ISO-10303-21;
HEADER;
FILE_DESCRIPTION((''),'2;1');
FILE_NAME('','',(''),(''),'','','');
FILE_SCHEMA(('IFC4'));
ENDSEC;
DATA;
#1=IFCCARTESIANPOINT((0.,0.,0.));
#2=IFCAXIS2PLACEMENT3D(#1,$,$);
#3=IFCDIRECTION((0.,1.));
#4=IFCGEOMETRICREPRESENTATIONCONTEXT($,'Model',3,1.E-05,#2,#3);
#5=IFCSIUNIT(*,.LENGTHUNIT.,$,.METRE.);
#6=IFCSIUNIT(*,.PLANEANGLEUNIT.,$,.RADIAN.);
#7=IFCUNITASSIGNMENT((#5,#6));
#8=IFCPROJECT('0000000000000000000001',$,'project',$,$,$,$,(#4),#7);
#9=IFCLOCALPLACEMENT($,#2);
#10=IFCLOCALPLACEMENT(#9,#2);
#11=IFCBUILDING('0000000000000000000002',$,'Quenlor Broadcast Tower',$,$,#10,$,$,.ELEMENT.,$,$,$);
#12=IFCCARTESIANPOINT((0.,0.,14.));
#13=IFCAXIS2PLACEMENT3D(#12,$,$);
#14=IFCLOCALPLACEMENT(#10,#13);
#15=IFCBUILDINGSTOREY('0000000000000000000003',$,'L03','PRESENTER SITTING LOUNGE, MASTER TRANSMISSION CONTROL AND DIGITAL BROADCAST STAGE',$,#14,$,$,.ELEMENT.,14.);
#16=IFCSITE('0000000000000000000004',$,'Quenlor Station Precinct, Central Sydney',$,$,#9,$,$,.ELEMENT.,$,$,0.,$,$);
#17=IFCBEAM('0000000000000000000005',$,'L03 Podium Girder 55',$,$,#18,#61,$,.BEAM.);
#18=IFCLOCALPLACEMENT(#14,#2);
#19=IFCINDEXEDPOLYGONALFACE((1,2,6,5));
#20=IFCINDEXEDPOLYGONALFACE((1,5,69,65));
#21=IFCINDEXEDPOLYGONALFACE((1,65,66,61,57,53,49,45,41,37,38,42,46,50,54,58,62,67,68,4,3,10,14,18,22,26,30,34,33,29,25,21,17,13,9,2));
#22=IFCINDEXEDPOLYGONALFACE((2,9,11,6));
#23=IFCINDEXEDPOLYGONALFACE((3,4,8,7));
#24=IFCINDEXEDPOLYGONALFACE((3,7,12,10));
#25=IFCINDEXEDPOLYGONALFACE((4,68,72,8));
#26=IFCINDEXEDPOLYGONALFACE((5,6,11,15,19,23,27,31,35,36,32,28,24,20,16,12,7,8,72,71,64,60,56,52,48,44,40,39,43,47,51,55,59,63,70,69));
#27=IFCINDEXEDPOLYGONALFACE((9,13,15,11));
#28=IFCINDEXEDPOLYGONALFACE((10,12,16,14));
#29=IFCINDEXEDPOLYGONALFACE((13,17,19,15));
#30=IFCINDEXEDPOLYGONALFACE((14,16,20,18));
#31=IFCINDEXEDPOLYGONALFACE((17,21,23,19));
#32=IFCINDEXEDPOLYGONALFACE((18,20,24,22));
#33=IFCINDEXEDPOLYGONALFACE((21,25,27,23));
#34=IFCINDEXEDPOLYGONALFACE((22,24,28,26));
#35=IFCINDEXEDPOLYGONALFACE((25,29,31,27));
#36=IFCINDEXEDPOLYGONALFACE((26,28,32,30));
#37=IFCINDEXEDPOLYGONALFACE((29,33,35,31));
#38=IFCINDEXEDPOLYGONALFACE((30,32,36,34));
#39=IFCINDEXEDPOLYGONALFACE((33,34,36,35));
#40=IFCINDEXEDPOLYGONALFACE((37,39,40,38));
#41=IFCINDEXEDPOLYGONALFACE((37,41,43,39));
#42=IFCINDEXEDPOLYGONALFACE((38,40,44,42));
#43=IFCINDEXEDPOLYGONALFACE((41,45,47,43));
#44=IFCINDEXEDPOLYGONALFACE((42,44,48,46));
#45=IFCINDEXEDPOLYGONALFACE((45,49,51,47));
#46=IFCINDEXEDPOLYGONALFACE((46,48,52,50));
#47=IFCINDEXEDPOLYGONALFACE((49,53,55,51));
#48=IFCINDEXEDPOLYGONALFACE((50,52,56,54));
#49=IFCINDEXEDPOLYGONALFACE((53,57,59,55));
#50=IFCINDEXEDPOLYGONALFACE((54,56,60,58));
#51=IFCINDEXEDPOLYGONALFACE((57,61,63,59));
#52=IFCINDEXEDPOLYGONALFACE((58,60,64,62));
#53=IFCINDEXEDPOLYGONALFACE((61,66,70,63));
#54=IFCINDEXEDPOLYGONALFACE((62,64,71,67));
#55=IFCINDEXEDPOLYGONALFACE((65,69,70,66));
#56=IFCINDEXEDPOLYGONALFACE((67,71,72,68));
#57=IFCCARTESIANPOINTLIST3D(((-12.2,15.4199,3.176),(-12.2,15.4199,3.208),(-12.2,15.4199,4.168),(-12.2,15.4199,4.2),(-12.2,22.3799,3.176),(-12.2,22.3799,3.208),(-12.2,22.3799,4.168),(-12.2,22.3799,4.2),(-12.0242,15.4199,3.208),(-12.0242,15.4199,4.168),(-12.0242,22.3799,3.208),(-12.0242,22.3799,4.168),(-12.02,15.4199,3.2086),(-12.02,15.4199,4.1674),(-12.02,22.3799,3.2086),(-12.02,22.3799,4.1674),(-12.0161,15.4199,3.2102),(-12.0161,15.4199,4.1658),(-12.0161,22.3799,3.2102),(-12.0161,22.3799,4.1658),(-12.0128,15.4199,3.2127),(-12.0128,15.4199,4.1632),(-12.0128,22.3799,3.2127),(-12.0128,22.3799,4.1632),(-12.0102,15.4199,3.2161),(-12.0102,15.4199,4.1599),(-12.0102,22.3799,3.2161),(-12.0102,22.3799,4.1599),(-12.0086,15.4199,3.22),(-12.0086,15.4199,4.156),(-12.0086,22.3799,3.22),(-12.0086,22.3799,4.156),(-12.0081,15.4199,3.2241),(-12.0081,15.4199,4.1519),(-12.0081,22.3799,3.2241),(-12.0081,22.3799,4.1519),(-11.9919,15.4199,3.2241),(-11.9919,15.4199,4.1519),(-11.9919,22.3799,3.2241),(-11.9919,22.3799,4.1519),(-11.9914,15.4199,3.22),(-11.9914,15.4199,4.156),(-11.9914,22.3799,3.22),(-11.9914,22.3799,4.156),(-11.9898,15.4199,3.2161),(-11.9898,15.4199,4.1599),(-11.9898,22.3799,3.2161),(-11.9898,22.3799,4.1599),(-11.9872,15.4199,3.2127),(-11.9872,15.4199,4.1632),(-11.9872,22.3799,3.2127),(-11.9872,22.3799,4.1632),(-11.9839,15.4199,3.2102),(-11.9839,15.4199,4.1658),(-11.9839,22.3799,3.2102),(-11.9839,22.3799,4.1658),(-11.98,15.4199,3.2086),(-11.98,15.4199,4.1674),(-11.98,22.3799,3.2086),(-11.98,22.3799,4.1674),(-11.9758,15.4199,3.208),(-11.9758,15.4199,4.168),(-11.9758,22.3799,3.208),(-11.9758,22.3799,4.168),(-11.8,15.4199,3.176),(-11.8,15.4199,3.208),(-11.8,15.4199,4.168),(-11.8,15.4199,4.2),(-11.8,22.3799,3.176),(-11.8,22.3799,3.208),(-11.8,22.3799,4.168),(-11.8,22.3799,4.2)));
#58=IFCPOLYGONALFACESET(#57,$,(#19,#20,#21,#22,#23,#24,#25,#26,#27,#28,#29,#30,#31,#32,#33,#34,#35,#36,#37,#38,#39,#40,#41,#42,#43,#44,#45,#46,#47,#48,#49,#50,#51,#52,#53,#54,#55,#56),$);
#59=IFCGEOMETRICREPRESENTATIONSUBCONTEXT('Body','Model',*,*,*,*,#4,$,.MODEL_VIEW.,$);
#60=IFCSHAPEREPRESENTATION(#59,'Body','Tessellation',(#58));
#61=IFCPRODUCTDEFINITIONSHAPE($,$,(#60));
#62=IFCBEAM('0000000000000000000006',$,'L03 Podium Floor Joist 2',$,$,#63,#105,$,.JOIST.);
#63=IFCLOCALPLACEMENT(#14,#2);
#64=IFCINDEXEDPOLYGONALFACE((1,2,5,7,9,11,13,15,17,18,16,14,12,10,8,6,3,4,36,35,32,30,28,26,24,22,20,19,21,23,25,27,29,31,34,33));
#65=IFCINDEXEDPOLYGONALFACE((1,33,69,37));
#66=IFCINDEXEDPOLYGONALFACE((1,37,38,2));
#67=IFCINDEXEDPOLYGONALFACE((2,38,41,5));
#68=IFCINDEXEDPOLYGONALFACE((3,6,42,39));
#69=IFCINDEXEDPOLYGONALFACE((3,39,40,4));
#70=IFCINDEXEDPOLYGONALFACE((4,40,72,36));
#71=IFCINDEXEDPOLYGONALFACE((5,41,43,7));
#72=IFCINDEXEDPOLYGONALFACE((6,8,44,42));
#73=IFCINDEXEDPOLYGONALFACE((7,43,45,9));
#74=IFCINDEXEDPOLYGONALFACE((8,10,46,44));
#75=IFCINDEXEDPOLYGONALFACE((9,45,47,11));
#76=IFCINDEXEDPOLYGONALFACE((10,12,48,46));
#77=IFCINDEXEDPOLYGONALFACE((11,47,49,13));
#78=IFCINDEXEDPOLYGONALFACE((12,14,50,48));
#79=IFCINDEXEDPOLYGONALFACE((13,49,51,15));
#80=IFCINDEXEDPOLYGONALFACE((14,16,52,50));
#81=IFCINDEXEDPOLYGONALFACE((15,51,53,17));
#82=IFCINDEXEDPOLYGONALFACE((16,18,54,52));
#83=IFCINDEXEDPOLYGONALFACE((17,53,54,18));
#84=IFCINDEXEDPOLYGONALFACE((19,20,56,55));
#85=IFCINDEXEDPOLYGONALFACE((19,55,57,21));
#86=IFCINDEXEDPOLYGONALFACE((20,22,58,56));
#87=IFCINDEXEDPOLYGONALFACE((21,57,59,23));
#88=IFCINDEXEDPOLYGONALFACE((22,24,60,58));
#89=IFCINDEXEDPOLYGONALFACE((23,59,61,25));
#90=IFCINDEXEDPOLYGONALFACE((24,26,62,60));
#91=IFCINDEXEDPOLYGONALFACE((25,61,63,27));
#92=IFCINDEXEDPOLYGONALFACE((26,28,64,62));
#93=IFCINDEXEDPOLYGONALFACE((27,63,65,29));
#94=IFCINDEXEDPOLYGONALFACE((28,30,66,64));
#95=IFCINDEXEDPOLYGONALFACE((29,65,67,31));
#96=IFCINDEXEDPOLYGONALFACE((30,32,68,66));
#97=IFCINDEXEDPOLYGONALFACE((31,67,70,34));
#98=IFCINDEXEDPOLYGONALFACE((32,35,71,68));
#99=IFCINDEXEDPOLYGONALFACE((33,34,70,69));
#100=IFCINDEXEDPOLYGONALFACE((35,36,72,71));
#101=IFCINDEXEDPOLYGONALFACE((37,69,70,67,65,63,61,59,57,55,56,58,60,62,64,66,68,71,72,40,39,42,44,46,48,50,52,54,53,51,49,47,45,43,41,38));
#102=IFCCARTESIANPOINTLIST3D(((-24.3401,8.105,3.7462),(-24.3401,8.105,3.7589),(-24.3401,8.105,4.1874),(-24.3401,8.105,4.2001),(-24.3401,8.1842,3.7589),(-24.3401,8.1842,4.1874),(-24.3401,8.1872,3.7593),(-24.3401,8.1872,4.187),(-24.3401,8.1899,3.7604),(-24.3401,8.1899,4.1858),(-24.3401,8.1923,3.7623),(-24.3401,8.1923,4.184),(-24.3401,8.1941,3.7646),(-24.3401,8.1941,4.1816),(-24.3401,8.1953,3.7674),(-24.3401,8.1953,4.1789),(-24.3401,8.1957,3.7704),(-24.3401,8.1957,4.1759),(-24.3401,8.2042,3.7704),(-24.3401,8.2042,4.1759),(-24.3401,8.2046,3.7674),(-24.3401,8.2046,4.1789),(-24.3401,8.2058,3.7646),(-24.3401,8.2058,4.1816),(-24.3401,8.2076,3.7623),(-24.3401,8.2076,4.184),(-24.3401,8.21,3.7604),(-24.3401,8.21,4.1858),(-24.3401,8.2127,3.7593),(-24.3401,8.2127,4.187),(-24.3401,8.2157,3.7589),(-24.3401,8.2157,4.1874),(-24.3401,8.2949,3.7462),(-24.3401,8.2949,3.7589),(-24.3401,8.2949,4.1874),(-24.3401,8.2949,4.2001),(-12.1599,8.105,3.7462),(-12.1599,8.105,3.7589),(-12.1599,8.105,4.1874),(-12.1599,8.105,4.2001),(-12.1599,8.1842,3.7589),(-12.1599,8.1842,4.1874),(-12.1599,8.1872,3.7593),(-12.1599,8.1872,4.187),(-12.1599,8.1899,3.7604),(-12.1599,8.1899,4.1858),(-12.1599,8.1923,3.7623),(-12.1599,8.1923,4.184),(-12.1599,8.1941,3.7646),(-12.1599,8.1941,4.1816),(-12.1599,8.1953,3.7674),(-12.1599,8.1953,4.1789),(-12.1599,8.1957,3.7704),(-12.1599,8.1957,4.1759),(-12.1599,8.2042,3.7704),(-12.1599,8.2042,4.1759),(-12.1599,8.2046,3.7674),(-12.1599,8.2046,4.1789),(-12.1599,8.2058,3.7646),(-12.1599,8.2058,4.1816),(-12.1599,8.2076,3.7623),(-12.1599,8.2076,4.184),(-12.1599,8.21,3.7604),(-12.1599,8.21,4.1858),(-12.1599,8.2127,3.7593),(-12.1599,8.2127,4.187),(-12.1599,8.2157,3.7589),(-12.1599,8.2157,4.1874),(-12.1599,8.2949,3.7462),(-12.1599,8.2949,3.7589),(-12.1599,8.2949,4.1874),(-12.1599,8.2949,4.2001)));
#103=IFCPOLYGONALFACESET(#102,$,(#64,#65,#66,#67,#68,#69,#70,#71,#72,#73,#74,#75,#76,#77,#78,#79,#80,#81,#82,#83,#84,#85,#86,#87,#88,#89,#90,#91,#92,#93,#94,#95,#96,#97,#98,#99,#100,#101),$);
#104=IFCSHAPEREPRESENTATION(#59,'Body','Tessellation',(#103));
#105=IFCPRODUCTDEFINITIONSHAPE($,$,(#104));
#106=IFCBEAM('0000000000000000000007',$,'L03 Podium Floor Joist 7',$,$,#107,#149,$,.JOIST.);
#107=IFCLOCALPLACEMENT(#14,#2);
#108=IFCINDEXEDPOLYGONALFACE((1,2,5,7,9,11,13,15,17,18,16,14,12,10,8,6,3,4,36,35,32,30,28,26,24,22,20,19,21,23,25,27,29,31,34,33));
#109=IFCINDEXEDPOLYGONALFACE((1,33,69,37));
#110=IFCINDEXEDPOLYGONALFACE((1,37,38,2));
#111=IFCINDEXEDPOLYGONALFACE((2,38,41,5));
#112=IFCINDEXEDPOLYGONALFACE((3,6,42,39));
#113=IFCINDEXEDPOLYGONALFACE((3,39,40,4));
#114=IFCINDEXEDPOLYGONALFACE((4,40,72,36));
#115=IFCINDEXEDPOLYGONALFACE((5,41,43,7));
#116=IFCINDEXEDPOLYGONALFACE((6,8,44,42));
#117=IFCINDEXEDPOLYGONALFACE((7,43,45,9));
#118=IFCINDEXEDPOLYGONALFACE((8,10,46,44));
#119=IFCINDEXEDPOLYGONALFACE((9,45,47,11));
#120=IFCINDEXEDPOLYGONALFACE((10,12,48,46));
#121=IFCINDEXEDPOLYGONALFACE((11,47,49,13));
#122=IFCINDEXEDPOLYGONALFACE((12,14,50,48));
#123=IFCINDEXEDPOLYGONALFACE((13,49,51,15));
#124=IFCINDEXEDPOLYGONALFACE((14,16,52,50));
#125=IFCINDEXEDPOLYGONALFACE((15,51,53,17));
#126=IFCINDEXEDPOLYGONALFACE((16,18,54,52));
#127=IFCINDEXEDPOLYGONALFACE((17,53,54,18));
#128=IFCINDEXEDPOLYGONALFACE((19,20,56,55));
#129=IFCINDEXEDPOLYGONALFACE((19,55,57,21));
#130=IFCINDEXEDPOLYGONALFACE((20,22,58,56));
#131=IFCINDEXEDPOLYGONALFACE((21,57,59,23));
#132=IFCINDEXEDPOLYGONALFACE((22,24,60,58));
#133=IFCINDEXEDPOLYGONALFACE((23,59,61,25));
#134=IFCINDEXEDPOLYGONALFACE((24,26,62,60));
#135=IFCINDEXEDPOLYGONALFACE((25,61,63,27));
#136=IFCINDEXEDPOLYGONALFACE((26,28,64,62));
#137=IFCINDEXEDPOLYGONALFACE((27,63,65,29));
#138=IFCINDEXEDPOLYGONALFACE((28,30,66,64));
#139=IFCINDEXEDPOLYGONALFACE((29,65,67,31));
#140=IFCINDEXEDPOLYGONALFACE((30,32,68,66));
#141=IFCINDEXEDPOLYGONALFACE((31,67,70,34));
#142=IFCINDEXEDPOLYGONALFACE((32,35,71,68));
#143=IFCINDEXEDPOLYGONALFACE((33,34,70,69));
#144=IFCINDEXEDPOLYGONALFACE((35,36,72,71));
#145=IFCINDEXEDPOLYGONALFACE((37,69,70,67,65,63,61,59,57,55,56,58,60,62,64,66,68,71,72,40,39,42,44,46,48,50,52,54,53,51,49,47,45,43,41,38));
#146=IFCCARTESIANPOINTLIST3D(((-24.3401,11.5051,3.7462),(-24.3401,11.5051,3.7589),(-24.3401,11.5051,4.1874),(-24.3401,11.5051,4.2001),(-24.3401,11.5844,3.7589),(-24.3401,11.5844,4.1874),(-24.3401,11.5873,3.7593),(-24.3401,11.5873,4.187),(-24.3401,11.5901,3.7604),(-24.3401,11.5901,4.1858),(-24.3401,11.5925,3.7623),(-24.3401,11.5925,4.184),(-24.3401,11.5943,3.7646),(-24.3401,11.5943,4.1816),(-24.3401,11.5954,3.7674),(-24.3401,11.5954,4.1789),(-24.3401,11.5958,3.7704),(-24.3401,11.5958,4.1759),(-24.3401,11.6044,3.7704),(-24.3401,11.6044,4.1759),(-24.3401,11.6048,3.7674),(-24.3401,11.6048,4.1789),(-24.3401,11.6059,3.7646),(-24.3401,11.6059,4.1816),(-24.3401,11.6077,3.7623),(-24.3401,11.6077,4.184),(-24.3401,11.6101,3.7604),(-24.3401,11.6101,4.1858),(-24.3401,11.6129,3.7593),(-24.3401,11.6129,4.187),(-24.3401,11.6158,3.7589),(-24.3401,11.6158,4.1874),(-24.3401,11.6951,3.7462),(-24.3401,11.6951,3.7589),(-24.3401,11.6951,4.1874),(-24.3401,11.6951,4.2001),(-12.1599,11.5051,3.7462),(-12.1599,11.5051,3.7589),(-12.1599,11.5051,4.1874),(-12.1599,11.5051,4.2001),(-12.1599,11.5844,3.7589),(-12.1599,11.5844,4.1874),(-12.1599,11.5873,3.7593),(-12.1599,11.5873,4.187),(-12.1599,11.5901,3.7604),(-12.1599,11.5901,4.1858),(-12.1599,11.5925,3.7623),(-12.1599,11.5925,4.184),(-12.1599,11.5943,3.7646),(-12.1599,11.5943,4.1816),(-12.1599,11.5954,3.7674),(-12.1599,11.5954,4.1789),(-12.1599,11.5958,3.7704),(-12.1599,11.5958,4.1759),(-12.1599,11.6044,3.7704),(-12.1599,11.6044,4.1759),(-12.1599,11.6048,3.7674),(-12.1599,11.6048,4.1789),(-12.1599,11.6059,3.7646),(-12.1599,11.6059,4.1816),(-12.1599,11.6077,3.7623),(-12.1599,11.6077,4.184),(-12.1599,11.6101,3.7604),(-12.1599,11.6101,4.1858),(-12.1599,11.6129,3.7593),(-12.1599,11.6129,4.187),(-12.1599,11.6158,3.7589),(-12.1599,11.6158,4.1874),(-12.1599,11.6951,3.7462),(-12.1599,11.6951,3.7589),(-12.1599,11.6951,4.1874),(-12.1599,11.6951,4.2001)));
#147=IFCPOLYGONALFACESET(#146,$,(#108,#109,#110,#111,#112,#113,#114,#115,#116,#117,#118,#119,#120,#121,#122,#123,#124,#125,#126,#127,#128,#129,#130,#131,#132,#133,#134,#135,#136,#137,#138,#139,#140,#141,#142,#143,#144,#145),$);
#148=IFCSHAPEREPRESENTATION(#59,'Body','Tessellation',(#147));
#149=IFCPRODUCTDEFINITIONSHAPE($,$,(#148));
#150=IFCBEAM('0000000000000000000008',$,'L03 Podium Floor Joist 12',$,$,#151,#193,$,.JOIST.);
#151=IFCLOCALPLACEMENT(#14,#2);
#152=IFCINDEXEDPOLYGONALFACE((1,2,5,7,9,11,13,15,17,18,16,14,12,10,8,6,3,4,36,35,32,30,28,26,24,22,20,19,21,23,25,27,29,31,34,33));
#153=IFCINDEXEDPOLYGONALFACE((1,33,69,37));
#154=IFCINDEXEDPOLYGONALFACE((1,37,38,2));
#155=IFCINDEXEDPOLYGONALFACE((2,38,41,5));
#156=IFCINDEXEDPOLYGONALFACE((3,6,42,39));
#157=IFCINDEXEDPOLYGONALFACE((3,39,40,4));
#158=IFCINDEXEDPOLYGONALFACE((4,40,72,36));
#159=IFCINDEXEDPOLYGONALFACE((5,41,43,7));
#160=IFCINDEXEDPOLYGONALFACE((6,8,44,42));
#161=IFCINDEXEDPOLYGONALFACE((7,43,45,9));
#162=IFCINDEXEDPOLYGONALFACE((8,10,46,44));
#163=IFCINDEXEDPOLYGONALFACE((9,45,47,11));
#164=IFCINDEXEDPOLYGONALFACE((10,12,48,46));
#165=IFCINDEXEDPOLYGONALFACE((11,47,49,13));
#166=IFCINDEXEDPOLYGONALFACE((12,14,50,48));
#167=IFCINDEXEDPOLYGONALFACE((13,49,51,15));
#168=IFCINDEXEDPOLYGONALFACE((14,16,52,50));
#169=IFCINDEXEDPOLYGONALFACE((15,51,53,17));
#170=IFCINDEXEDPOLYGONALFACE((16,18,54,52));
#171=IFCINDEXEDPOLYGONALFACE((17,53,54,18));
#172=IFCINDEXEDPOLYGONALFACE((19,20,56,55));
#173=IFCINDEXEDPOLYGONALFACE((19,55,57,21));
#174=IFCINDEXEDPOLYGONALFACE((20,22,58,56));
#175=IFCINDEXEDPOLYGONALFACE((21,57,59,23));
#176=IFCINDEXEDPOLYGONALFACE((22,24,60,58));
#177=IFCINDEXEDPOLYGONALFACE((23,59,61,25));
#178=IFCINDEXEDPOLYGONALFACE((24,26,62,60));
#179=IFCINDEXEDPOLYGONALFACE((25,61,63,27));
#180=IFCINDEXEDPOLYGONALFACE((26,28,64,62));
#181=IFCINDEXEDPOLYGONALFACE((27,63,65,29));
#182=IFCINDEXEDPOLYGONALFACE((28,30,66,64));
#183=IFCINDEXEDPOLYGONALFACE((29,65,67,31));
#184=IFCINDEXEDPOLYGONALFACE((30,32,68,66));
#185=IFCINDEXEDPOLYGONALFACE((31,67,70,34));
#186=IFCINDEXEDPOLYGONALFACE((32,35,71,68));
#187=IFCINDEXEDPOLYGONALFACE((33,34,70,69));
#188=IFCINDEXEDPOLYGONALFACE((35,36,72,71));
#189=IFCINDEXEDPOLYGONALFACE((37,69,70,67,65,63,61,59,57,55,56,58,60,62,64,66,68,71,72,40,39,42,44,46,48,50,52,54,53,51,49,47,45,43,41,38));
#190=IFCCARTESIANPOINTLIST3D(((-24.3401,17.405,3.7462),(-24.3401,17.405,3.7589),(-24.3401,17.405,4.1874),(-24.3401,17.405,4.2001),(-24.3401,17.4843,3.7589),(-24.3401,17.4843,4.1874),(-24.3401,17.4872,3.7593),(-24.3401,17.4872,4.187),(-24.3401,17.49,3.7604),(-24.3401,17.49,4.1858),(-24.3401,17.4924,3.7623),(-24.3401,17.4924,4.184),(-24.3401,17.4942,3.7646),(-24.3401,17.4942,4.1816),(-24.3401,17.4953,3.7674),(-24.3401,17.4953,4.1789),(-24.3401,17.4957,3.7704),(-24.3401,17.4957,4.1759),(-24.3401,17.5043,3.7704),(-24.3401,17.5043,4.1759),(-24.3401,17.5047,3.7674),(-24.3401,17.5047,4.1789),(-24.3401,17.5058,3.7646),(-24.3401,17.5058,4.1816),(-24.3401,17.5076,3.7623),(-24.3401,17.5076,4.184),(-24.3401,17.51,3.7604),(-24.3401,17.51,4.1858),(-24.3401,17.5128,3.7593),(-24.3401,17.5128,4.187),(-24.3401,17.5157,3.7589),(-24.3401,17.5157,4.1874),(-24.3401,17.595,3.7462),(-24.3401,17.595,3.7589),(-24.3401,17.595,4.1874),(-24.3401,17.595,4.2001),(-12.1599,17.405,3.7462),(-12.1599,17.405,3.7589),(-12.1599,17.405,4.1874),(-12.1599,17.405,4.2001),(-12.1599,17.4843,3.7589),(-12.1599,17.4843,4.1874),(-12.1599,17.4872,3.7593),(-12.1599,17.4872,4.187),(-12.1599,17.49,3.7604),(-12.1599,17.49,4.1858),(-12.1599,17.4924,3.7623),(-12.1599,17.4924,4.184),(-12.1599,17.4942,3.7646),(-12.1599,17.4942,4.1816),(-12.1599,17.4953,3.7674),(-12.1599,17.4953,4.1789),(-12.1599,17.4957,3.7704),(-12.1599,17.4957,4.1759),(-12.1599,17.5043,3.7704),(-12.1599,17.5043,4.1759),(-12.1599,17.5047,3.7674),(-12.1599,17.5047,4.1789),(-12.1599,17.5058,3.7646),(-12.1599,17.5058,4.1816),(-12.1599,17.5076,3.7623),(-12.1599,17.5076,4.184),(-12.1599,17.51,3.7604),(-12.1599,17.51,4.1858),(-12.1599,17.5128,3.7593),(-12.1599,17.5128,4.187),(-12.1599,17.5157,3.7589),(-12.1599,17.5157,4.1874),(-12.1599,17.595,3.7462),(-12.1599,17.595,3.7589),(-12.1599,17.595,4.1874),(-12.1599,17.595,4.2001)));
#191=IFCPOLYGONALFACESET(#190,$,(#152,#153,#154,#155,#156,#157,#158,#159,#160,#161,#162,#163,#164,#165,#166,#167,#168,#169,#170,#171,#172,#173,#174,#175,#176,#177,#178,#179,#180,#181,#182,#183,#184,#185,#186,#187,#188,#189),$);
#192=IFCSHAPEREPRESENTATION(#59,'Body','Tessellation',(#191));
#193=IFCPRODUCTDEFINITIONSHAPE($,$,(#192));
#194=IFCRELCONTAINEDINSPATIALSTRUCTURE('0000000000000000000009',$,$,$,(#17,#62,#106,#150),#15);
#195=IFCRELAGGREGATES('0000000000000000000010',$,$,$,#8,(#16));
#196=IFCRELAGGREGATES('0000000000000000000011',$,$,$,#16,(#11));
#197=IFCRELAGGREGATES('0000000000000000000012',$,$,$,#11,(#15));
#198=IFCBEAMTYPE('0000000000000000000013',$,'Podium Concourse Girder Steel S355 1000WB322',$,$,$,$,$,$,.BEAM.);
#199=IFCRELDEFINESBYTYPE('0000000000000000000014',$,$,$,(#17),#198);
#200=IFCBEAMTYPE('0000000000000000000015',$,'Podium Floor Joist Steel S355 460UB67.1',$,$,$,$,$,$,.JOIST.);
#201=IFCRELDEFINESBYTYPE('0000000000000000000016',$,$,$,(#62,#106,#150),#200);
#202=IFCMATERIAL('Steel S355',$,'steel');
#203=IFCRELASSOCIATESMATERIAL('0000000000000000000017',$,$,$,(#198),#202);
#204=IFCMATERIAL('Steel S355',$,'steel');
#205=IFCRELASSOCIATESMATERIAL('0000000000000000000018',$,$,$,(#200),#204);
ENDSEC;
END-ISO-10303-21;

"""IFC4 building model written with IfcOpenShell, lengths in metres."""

from ifc_helpers import new_model, si_unit, direction, frame, origin, origin_2d, place, context, subcontext, project, spatial, i_section, extrude, material, material_profile, profile_set, type_object, element, save


model = new_model("IFC4")

# Units and contexts
model_context = context("Model", 3, precision=1e-05, world=origin(), true_north=direction((0.0, 1.0)))
body_context = subcontext(model_context, "Body", "Model", "MODEL_VIEW")
ifc_project = project(units=[si_unit("LENGTHUNIT", "METRE"), si_unit("PLANEANGLEUNIT", "RADIAN")], contexts=[model_context])

# Site, building, storey
site_placement = place(None, origin())
site = spatial("IfcSite", under=ifc_project, at=site_placement, Name="Quenlor Station Precinct, Central Sydney", CompositionType="ELEMENT", RefElevation=0.0)
building_placement = place(site_placement, origin())
building = spatial("IfcBuilding", under=site, at=building_placement, Name="Quenlor Broadcast Tower", CompositionType="ELEMENT")
storey_placement = place(building_placement, frame((0.0, 0.0, 14.0)))
storey = spatial("IfcBuildingStorey", under=building, at=storey_placement, Name="L03", Description="PRESENTER SITTING LOUNGE, MASTER TRANSMISSION CONTROL AND DIGITAL BROADCAST STAGE", CompositionType="ELEMENT", Elevation=14.0)

# Beams
ifc_material_1 = material(Name="Steel S355", Category="steel")
ifc_material_profile_1 = material_profile(ifc_material_1, i_section(OverallWidth=0.3999, OverallDepth=1.0239, WebThickness=0.0161, FlangeThickness=0.032, FilletRadius=0.0161, at=origin_2d()))
ifc_profile_set_1 = profile_set([ifc_material_profile_1], Name="Steel S355 1000WB322")
beam_type_1 = type_object("IfcBeamType", Name="Podium Concourse Girder Steel S355 1000WB322", PredefinedType="BEAM", material=ifc_profile_set_1)
beam_1_placement = place(storey_placement, frame((-12.0, 15.4199, 3.688), z_axis=(0.0, 1.0, 0.0), x_axis=(-1.0, 0.0, 0.0)))
element("IfcBeam", 1, at=beam_1_placement, inside=storey, type_object=beam_type_1, Name="L03 Podium Girder 55", PredefinedType="BEAM", context=body_context, shape_type="SweptSolid", body=[
    extrude(i_section(OverallWidth=0.3999, OverallDepth=1.0239, WebThickness=0.0161, FlangeThickness=0.032, FilletRadius=0.0161, at=origin_2d()), origin(), (0.0, 0.0, 1.0), 6.96),
])
ifc_material_2 = material(Name="Steel S355", Category="steel")
ifc_material_profile_2 = material_profile(ifc_material_2, i_section(OverallWidth=0.1899, OverallDepth=0.4539, WebThickness=0.0085, FlangeThickness=0.0127, FilletRadius=0.0115, at=origin_2d()))
ifc_profile_set_2 = profile_set([ifc_material_profile_2], Name="Steel S355 460UB67.1")
beam_type_2 = type_object("IfcBeamType", Name="Podium Floor Joist Steel S355 460UB67.1", PredefinedType="JOIST", material=ifc_profile_set_2)
for number, where, z_axis, x_axis, name in (
    (2, (-24.3401, 8.2, 3.9731), (1.0, 0.0, 0.0), (0.0, 1.0, 0.0), "L03 Podium Floor Joist 2"),
    (3, (-24.3401, 11.6001, 3.9731), (1.0, 0.0, 0.0), (0.0, 1.0, 0.0), "L03 Podium Floor Joist 7"),
    (4, (-24.3401, 17.5, 3.9731), (1.0, 0.0, 0.0), (0.0, 1.0, 0.0), "L03 Podium Floor Joist 12"),
):
    element("IfcBeam", number, at=place(storey_placement, frame(where, z_axis=z_axis, x_axis=x_axis)), inside=storey, type_object=beam_type_2, Name=name, PredefinedType="JOIST", context=body_context, shape_type="SweptSolid", body=[
        extrude(i_section(OverallWidth=0.1899, OverallDepth=0.4539, WebThickness=0.0085, FlangeThickness=0.0127, FilletRadius=0.0115, at=origin_2d()), origin(), (0.0, 0.0, 1.0), 12.1802),
    ])

save(model, "model.ifc")
